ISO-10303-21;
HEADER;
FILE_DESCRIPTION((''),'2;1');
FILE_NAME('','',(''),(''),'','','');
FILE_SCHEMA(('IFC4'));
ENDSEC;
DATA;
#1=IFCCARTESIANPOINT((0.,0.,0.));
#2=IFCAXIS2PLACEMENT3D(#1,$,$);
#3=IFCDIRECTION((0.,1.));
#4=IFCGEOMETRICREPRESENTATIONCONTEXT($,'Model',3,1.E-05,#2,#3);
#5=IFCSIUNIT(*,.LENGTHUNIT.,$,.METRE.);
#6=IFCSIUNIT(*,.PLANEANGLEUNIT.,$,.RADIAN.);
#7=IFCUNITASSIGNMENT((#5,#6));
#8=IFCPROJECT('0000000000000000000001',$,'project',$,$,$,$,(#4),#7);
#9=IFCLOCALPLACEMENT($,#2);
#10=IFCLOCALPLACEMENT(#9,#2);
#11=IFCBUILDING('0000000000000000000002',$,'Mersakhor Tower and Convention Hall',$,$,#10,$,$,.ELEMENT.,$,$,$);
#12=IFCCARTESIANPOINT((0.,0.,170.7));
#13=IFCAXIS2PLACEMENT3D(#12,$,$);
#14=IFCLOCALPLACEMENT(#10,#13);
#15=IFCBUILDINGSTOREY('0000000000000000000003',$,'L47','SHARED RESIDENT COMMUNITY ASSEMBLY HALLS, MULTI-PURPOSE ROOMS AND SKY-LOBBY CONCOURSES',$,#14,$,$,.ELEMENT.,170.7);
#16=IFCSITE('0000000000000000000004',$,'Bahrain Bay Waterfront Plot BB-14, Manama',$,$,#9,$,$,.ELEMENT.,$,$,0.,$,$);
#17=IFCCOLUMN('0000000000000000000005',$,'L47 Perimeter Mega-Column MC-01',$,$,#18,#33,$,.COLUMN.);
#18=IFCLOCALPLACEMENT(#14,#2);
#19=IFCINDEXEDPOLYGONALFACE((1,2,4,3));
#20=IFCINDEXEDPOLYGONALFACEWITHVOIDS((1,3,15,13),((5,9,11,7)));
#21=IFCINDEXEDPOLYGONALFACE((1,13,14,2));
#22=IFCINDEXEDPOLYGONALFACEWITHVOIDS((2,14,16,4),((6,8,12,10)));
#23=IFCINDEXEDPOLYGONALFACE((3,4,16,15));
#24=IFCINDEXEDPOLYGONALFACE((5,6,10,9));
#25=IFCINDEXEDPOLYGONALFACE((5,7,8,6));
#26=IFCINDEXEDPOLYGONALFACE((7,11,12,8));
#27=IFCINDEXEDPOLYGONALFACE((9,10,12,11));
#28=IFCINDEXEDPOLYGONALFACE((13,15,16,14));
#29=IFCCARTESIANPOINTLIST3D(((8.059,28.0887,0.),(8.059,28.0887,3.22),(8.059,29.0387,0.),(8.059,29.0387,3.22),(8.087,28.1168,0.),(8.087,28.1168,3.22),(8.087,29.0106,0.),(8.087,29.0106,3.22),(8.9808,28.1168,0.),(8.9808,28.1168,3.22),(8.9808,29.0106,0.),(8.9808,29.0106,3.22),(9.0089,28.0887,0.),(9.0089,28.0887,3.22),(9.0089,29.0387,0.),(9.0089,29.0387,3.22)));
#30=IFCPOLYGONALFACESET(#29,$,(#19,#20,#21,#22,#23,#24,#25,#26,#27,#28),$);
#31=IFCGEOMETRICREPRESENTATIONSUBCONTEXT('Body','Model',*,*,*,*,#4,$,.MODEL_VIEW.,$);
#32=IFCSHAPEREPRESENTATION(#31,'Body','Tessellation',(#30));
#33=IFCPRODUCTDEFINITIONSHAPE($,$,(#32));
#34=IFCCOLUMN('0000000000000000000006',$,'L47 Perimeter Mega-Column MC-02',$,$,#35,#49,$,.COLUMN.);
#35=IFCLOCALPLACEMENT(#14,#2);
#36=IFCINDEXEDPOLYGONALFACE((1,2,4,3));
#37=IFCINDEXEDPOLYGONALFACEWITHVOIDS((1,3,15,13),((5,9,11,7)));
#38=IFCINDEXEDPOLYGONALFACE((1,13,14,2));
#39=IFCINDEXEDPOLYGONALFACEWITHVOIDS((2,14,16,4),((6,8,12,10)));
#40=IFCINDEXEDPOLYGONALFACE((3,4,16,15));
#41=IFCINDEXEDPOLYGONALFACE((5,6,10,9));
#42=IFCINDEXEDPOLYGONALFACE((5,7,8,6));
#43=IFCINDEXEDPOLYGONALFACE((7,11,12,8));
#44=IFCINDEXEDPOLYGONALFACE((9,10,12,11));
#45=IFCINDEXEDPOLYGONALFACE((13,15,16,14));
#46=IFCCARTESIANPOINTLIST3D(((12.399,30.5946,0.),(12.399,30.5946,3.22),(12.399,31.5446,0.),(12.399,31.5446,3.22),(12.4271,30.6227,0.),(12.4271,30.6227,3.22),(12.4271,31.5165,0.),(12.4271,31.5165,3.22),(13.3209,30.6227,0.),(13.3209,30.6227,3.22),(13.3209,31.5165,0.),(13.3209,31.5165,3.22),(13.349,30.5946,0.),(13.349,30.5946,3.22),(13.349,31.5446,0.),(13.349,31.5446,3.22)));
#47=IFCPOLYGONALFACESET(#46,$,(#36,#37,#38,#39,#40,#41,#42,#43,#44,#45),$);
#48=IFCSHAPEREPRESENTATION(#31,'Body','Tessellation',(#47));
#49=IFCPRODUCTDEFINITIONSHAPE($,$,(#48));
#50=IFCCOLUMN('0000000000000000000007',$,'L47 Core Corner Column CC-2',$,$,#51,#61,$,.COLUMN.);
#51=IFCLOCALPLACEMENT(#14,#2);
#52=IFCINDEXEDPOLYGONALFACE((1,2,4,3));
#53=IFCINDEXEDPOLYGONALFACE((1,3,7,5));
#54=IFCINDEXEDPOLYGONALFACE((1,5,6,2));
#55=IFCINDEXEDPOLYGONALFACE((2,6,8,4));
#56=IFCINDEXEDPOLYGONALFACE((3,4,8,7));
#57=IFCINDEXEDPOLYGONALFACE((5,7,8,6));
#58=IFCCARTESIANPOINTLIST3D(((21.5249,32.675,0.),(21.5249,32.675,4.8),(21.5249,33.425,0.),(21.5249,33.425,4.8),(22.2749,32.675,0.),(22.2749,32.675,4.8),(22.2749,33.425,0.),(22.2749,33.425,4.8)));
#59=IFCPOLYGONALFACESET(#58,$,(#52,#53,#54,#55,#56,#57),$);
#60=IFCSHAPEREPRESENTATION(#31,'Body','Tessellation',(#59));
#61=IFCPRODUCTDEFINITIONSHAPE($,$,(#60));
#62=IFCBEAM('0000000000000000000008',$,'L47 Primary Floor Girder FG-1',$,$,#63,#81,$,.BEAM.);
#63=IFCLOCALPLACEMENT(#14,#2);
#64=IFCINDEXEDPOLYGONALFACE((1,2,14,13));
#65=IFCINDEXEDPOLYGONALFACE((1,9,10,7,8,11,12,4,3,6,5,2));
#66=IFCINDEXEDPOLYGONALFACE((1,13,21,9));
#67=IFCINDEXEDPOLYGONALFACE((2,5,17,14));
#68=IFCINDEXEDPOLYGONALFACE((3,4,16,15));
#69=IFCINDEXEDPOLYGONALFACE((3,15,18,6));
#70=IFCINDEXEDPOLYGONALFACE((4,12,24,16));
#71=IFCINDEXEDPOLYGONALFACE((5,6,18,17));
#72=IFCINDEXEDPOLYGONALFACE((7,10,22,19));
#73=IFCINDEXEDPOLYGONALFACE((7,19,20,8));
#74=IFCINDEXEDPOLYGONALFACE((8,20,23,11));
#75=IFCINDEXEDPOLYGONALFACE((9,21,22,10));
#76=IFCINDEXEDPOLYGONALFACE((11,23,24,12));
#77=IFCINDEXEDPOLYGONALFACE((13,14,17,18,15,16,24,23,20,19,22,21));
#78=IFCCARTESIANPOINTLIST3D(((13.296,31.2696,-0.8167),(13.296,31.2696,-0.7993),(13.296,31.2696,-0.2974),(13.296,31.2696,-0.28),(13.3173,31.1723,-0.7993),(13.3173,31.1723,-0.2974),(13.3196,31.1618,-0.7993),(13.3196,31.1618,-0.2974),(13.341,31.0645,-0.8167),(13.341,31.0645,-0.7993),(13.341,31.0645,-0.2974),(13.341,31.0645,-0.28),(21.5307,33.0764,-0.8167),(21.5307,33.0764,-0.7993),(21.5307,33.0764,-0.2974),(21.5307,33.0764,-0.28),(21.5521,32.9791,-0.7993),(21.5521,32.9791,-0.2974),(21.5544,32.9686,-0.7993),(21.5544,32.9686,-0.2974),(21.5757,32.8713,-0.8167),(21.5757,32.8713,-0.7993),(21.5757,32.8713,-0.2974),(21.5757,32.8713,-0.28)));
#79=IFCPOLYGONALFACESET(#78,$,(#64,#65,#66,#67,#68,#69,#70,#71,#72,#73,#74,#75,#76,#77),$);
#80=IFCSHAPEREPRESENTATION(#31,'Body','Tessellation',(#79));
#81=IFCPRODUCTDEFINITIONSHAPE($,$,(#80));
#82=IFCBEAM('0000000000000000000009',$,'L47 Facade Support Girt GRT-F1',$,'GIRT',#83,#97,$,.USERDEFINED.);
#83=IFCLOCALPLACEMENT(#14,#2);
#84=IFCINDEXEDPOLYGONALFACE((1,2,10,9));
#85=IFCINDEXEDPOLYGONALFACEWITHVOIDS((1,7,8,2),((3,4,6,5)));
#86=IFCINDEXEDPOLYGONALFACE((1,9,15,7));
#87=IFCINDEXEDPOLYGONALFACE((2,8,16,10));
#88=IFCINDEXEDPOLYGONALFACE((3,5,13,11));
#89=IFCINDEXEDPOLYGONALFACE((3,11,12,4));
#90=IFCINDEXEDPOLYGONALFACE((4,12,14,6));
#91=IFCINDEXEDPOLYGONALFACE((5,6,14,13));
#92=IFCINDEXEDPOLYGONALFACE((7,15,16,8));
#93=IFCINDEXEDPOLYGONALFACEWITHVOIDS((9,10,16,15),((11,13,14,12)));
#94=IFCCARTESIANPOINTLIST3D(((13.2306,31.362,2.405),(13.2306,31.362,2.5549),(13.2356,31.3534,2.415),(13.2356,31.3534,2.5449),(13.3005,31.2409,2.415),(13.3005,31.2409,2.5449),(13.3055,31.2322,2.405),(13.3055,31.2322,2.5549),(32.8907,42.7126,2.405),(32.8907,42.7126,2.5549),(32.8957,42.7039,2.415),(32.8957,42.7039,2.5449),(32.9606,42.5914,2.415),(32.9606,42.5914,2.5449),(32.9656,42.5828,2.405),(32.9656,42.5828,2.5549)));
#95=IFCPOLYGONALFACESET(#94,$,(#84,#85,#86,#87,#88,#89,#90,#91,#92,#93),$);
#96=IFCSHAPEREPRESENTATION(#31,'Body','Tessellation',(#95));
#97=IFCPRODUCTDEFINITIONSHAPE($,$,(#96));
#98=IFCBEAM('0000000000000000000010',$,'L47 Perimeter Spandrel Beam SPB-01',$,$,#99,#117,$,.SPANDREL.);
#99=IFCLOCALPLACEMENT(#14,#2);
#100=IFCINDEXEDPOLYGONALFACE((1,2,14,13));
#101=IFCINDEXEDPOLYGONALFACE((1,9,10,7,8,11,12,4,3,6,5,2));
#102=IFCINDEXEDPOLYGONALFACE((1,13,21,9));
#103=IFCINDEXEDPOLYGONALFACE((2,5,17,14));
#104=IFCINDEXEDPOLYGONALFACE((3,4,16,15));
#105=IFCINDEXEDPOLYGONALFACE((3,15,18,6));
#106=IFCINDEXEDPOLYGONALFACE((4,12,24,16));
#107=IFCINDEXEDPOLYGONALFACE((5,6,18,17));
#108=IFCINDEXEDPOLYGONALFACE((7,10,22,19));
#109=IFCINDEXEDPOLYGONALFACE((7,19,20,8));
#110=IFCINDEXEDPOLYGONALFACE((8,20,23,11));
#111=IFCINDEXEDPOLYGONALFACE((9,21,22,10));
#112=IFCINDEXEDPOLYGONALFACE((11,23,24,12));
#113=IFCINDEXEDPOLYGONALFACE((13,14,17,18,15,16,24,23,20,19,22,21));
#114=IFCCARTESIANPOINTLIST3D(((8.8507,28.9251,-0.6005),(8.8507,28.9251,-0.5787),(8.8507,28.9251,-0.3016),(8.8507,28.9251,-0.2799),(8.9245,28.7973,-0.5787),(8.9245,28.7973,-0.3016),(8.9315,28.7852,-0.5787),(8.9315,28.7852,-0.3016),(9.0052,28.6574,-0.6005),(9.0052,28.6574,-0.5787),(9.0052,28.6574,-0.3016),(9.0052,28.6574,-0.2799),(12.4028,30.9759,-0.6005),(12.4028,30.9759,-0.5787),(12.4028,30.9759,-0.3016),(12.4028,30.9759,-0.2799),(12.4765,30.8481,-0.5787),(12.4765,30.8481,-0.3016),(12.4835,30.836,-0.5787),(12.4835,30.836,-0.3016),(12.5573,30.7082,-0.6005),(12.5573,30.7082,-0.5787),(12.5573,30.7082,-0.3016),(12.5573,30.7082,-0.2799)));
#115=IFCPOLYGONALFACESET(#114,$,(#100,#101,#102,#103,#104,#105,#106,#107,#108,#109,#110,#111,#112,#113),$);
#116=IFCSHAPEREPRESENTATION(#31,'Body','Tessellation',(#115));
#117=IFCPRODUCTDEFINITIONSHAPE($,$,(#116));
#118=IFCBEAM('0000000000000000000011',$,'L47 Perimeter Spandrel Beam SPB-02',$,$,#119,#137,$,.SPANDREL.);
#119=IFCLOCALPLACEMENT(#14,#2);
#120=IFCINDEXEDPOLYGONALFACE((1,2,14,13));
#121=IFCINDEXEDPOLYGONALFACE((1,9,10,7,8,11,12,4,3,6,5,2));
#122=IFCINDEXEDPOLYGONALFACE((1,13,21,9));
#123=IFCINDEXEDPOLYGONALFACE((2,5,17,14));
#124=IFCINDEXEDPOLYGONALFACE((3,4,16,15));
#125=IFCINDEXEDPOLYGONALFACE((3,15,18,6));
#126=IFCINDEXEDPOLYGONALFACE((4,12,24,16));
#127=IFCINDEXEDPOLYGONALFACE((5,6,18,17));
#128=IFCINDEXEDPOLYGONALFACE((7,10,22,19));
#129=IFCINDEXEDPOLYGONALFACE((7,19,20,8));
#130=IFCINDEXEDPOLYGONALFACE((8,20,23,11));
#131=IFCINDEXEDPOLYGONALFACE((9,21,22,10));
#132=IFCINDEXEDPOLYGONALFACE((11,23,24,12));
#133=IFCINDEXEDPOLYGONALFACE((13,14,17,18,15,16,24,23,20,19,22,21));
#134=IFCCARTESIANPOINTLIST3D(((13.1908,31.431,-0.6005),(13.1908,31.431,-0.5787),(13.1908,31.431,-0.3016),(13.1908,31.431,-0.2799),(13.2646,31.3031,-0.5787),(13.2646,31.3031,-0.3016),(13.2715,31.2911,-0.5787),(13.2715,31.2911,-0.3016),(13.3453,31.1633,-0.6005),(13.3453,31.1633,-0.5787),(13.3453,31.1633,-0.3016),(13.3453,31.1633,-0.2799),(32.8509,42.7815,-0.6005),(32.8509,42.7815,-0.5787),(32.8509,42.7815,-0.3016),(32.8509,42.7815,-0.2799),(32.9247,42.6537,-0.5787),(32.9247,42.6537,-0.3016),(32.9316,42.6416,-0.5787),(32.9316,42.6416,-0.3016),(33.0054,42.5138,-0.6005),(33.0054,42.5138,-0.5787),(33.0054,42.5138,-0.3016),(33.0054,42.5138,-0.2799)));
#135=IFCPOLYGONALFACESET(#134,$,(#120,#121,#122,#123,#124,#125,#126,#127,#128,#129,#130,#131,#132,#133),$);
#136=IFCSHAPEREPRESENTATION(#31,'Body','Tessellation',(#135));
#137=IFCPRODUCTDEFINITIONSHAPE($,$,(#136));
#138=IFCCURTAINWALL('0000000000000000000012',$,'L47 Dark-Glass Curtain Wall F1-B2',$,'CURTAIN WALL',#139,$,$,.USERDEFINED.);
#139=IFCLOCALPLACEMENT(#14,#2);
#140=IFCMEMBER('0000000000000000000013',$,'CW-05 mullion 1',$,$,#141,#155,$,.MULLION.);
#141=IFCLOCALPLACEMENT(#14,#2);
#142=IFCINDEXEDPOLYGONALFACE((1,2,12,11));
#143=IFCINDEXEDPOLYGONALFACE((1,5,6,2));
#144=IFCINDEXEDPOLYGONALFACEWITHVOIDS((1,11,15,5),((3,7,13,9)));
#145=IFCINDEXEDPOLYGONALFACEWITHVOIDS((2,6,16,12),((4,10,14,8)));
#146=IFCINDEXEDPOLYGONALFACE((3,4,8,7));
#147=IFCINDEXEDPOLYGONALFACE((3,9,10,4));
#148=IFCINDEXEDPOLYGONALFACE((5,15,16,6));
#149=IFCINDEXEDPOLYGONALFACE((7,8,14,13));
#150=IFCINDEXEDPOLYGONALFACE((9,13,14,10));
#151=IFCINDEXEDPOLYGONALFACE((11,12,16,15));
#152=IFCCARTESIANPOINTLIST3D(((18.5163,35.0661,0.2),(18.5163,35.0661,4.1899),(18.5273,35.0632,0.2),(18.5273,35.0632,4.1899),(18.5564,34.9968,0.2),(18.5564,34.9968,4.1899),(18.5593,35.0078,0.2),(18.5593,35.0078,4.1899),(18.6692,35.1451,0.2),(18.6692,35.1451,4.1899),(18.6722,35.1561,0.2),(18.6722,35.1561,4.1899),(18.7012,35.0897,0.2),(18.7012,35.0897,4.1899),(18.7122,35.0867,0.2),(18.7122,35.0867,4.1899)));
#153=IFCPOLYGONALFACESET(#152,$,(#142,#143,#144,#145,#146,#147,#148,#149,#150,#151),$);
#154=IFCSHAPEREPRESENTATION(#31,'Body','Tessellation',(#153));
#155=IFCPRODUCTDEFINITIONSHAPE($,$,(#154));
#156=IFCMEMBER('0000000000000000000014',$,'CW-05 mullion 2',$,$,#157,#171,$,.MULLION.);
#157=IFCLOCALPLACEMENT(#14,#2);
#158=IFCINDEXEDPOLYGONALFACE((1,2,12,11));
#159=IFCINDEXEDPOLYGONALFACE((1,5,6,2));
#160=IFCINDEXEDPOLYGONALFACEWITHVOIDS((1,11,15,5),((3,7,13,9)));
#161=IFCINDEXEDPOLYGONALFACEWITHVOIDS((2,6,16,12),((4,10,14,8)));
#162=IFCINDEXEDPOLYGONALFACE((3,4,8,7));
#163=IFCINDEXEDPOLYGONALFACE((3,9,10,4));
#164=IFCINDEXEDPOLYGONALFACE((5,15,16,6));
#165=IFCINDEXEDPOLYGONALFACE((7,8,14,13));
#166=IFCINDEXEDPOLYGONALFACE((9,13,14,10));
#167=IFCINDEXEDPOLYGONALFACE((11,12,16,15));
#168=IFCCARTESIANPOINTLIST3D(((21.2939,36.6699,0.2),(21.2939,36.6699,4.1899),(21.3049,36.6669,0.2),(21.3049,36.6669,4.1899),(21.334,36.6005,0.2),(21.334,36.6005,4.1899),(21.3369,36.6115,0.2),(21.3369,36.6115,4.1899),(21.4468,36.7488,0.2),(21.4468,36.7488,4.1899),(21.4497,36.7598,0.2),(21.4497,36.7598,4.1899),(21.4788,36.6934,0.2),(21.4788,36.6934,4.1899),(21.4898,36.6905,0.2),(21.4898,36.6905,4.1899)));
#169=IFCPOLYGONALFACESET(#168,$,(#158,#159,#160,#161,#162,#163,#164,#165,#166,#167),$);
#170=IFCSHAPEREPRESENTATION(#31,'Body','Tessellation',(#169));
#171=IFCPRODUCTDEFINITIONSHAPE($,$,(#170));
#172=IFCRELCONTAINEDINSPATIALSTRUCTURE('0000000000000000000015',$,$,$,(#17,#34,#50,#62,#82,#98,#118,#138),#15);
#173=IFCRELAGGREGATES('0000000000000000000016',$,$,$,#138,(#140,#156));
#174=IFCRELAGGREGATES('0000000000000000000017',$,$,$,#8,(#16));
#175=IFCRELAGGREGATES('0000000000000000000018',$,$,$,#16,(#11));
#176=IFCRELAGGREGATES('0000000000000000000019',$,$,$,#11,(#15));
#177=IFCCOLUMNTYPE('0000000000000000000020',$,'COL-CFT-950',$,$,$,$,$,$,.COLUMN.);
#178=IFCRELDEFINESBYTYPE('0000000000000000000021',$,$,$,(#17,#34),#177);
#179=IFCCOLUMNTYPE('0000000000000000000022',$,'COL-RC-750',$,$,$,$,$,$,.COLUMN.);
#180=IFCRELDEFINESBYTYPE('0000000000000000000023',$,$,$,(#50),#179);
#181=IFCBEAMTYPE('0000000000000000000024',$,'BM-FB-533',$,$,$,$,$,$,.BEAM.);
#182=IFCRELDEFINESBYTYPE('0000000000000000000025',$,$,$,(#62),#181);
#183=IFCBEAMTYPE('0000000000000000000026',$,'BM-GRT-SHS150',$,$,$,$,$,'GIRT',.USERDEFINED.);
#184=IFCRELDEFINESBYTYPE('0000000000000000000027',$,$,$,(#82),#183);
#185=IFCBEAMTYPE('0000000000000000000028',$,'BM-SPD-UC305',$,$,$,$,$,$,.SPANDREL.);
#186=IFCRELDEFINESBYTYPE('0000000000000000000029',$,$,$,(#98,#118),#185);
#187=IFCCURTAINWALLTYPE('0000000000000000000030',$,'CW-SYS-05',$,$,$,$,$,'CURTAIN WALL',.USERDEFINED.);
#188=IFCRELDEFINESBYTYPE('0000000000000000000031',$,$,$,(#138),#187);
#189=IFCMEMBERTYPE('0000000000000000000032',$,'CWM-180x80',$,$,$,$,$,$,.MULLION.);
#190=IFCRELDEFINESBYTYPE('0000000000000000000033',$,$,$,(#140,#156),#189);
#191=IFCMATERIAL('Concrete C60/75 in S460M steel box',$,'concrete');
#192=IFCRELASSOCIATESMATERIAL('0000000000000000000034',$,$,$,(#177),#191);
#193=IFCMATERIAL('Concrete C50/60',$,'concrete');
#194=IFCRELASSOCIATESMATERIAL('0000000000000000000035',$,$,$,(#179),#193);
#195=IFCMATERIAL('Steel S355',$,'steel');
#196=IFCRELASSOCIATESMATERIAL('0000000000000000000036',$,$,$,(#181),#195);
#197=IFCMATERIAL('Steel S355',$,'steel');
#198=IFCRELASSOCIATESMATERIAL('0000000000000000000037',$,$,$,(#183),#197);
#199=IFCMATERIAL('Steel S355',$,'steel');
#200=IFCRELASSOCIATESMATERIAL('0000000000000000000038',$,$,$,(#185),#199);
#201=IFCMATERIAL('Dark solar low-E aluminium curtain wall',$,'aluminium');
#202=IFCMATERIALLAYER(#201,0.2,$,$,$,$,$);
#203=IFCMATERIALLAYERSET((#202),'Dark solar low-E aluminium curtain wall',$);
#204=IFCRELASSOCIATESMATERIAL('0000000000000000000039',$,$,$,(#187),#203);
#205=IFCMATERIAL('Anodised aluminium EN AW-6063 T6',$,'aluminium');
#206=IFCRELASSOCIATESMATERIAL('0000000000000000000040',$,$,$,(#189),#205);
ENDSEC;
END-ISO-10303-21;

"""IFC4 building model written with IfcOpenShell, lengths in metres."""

from ifc_helpers import new_model, si_unit, direction, frame, origin, origin_2d, place, context, subcontext, project, spatial, rectangle, hollow_rectangle, i_section, extrude, material, layer, layer_set, material_profile, profile_set, type_object, element, aggregate, save


model = new_model("IFC4")

# Units and contexts
model_context = context("Model", 3, precision=1e-05, world=origin(), true_north=direction((0.0, 1.0)))
body_context = subcontext(model_context, "Body", "Model", "MODEL_VIEW")
ifc_project = project(units=[si_unit("LENGTHUNIT", "METRE"), si_unit("PLANEANGLEUNIT", "RADIAN")], contexts=[model_context])

# Site, building, storey
site_placement = place(None, origin())
site = spatial("IfcSite", under=ifc_project, at=site_placement, Name="Bahrain Bay Waterfront Plot BB-14, Manama", CompositionType="ELEMENT", RefElevation=0.0)
building_placement = place(site_placement, origin())
building = spatial("IfcBuilding", under=site, at=building_placement, Name="Mersakhor Tower and Convention Hall", CompositionType="ELEMENT")
storey_placement = place(building_placement, frame((0.0, 0.0, 170.7)))
storey = spatial("IfcBuildingStorey", under=building, at=storey_placement, Name="L47", Description="SHARED RESIDENT COMMUNITY ASSEMBLY HALLS, MULTI-PURPOSE ROOMS AND SKY-LOBBY CONCOURSES", CompositionType="ELEMENT", Elevation=170.7)

# Columns
ifc_material_1 = material(Name="Concrete C60/75 in S460M steel box", Category="concrete")
ifc_material_profile_1 = material_profile(ifc_material_1, hollow_rectangle(XDim=0.95, YDim=0.95, WallThickness=0.0281, at=origin_2d()), Name="SHS 950x950x28")
ifc_profile_set_1 = profile_set([ifc_material_profile_1], Name="Concrete C60/75 in S460M steel box")
column_type_1 = type_object("IfcColumnType", Name="COL-CFT-950", PredefinedType="COLUMN", material=ifc_profile_set_1)
for number, where, z_axis, x_axis, name in (
    (1, (8.5339, 28.5637, 0.0), (0.0, 0.0, 1.0), (1.0, 0.0, 0.0), "L47 Perimeter Mega-Column MC-01"),
    (2, (12.874, 31.0696, 0.0), (0.0, 0.0, 1.0), (1.0, 0.0, 0.0), "L47 Perimeter Mega-Column MC-02"),
):
    element("IfcColumn", number, at=place(storey_placement, frame(where, z_axis=z_axis, x_axis=x_axis)), inside=storey, type_object=column_type_1, Name=name, PredefinedType="COLUMN", context=body_context, shape_type="SweptSolid", body=[
        extrude(hollow_rectangle(XDim=0.95, YDim=0.95, WallThickness=0.0281, at=origin_2d()), origin(), (0.0, 0.0, 1.0), 3.22),
    ])
ifc_material_2 = material(Name="Concrete C50/60", Category="concrete")
ifc_material_profile_2 = material_profile(ifc_material_2, rectangle(XDim=0.75, YDim=0.75, at=origin_2d()), Name="RC 750x750")
ifc_profile_set_2 = profile_set([ifc_material_profile_2], Name="Concrete C50/60")
column_type_2 = type_object("IfcColumnType", Name="COL-RC-750", PredefinedType="COLUMN", material=ifc_profile_set_2)
column_placement = place(storey_placement, frame((21.8999, 33.05, 0.0), z_axis=(0.0, 0.0, 1.0), x_axis=(1.0, 0.0, 0.0)))
element("IfcColumn", 3, at=column_placement, inside=storey, type_object=column_type_2, Name="L47 Core Corner Column CC-2", PredefinedType="COLUMN", context=body_context, shape_type="SweptSolid", body=[
    extrude(rectangle(XDim=0.75, YDim=0.75, at=origin_2d()), origin(), (0.0, 0.0, 1.0), 4.8),
])

# Beams
ifc_material_3 = material(Name="Steel S355", Category="steel")
ifc_material_profile_3 = material_profile(ifc_material_3, i_section(OverallWidth=0.21, OverallDepth=0.5366, WebThickness=0.0107, FlangeThickness=0.0173, at=origin_2d()), Name="UB 533x210x101")
ifc_profile_set_3 = profile_set([ifc_material_profile_3], Name="Steel S355")
beam_type_1 = type_object("IfcBeamType", Name="BM-FB-533", PredefinedType="BEAM", material=ifc_profile_set_3)
beam_1_placement = place(storey_placement, frame((21.5532, 32.9739, -0.5483), z_axis=(-0.976763, -0.21432, 0.0), x_axis=(0.21432, -0.976763, 0.0)))
element("IfcBeam", 4, at=beam_1_placement, inside=storey, type_object=beam_type_1, Name="L47 Primary Floor Girder FG-1", PredefinedType="BEAM", context=body_context, shape_type="SweptSolid", body=[
    extrude(i_section(OverallWidth=0.21, OverallDepth=0.5366, WebThickness=0.0107, FlangeThickness=0.0173, at=origin_2d()), origin(), (0.0, 0.0, 1.0), 8.4307),
])
ifc_material_4 = material(Name="Steel S355", Category="steel")
ifc_material_profile_4 = material_profile(ifc_material_4, hollow_rectangle(XDim=0.1499, YDim=0.1499, WallThickness=0.01, at=origin_2d()), Name="SHS 150x150x10")
ifc_profile_set_4 = profile_set([ifc_material_profile_4], Name="Steel S355")
beam_type_2 = type_object("IfcBeamType", Name="BM-GRT-SHS150", ElementType="GIRT", PredefinedType="USERDEFINED", material=ifc_profile_set_4)
beam_2_placement = place(storey_placement, frame((13.2681, 31.2971, 2.48), z_axis=(0.866029, 0.499993, 0.0), x_axis=(-0.499993, 0.866029, 0.0)))
element("IfcBeam", 5, at=beam_2_placement, inside=storey, type_object=beam_type_2, Name="L47 Facade Support Girt GRT-F1", ObjectType="GIRT", PredefinedType="USERDEFINED", context=body_context, shape_type="SweptSolid", body=[
    extrude(hollow_rectangle(XDim=0.1499, YDim=0.1499, WallThickness=0.01, at=origin_2d()), origin(), (0.0, 0.0, 1.0), 22.7014),
])
ifc_material_5 = material(Name="Steel S355", Category="steel")
ifc_material_profile_5 = material_profile(ifc_material_5, i_section(OverallWidth=0.3091, OverallDepth=0.3206, WebThickness=0.0139, FlangeThickness=0.0217, at=origin_2d()), Name="UC 305x305x137")
ifc_profile_set_5 = profile_set([ifc_material_profile_5], Name="Steel S355")
beam_type_3 = type_object("IfcBeamType", Name="BM-SPD-UC305", PredefinedType="SPANDREL", material=ifc_profile_set_5)
beam_3_placement = place(storey_placement, frame((8.928, 28.7913, -0.4402), z_axis=(0.866022, 0.500006, 0.0), x_axis=(-0.500006, 0.866022, 0.0)))
element("IfcBeam", 6, at=beam_3_placement, inside=storey, type_object=beam_type_3, Name="L47 Perimeter Spandrel Beam SPB-01", PredefinedType="SPANDREL", context=body_context, shape_type="SweptSolid", body=[
    extrude(i_section(OverallWidth=0.3091, OverallDepth=0.3206, WebThickness=0.0139, FlangeThickness=0.0217, at=origin_2d()), origin(), (0.0, 0.0, 1.0), 4.1016),
])
beam_4_placement = place(storey_placement, frame((13.2681, 31.2971, -0.4402), z_axis=(0.866029, 0.499993, 0.0), x_axis=(-0.499993, 0.866029, 0.0)))
element("IfcBeam", 7, at=beam_4_placement, inside=storey, type_object=beam_type_3, Name="L47 Perimeter Spandrel Beam SPB-02", PredefinedType="SPANDREL", context=body_context, shape_type="SweptSolid", body=[
    extrude(i_section(OverallWidth=0.3091, OverallDepth=0.3206, WebThickness=0.0139, FlangeThickness=0.0217, at=origin_2d()), origin(), (0.0, 0.0, 1.0), 22.7014),
])

# Curtain wall, members
ifc_material_6 = material(Name="Dark solar low-E aluminium curtain wall", Category="aluminium")
ifc_layer_1 = layer(ifc_material_6, 0.2)
ifc_layer_set_1 = layer_set([ifc_layer_1], Name="Dark solar low-E aluminium curtain wall")
curtain_wall_type = type_object("IfcCurtainWallType", Name="CW-SYS-05", ElementType="CURTAIN WALL", PredefinedType="USERDEFINED", material=ifc_layer_set_1)
curtain_wall_placement = place(storey_placement, origin())
curtain_wall = element("IfcCurtainWall", 8, at=curtain_wall_placement, inside=storey, type_object=curtain_wall_type, Name="L47 Dark-Glass Curtain Wall F1-B2", ObjectType="CURTAIN WALL", PredefinedType="USERDEFINED")
ifc_material_7 = material(Name="Anodised aluminium EN AW-6063 T6", Category="aluminium")
ifc_material_profile_6 = material_profile(ifc_material_7, hollow_rectangle(XDim=0.0801, YDim=0.1799, WallThickness=0.0081, at=origin_2d()), Name="RHS 180x80x8")
ifc_profile_set_6 = profile_set([ifc_material_profile_6], Name="Anodised aluminium EN AW-6063 T6")
member_type_1 = type_object("IfcMemberType", Name="CWM-180x80", PredefinedType="MULLION", material=ifc_profile_set_6)
member_1_placement = place(storey_placement, frame((18.6143, 35.0764, 0.2), z_axis=(0.0, 0.0, 1.0), x_axis=(-0.499998, 0.866026, 0.0)))
member_1 = element("IfcMember", 9, at=member_1_placement, type_object=member_type_1, Name="CW-05 mullion 1", PredefinedType="MULLION", context=body_context, shape_type="SweptSolid", body=[
    extrude(hollow_rectangle(XDim=0.0801, YDim=0.1799, WallThickness=0.0081, at=origin_2d()), origin(), (0.0, 0.0, 1.0), 3.99),
])
member_2_placement = place(storey_placement, frame((21.3918, 36.6802, 0.2), z_axis=(0.0, 0.0, 1.0), x_axis=(-0.499998, 0.866026, 0.0)))
member_2 = element("IfcMember", 10, at=member_2_placement, type_object=member_type_1, Name="CW-05 mullion 2", PredefinedType="MULLION", context=body_context, shape_type="SweptSolid", body=[
    extrude(hollow_rectangle(XDim=0.0801, YDim=0.1799, WallThickness=0.0081, at=origin_2d()), origin(), (0.0, 0.0, 1.0), 3.99),
])

aggregate(curtain_wall, [member_1, member_2])

save(model, "model.ifc")
